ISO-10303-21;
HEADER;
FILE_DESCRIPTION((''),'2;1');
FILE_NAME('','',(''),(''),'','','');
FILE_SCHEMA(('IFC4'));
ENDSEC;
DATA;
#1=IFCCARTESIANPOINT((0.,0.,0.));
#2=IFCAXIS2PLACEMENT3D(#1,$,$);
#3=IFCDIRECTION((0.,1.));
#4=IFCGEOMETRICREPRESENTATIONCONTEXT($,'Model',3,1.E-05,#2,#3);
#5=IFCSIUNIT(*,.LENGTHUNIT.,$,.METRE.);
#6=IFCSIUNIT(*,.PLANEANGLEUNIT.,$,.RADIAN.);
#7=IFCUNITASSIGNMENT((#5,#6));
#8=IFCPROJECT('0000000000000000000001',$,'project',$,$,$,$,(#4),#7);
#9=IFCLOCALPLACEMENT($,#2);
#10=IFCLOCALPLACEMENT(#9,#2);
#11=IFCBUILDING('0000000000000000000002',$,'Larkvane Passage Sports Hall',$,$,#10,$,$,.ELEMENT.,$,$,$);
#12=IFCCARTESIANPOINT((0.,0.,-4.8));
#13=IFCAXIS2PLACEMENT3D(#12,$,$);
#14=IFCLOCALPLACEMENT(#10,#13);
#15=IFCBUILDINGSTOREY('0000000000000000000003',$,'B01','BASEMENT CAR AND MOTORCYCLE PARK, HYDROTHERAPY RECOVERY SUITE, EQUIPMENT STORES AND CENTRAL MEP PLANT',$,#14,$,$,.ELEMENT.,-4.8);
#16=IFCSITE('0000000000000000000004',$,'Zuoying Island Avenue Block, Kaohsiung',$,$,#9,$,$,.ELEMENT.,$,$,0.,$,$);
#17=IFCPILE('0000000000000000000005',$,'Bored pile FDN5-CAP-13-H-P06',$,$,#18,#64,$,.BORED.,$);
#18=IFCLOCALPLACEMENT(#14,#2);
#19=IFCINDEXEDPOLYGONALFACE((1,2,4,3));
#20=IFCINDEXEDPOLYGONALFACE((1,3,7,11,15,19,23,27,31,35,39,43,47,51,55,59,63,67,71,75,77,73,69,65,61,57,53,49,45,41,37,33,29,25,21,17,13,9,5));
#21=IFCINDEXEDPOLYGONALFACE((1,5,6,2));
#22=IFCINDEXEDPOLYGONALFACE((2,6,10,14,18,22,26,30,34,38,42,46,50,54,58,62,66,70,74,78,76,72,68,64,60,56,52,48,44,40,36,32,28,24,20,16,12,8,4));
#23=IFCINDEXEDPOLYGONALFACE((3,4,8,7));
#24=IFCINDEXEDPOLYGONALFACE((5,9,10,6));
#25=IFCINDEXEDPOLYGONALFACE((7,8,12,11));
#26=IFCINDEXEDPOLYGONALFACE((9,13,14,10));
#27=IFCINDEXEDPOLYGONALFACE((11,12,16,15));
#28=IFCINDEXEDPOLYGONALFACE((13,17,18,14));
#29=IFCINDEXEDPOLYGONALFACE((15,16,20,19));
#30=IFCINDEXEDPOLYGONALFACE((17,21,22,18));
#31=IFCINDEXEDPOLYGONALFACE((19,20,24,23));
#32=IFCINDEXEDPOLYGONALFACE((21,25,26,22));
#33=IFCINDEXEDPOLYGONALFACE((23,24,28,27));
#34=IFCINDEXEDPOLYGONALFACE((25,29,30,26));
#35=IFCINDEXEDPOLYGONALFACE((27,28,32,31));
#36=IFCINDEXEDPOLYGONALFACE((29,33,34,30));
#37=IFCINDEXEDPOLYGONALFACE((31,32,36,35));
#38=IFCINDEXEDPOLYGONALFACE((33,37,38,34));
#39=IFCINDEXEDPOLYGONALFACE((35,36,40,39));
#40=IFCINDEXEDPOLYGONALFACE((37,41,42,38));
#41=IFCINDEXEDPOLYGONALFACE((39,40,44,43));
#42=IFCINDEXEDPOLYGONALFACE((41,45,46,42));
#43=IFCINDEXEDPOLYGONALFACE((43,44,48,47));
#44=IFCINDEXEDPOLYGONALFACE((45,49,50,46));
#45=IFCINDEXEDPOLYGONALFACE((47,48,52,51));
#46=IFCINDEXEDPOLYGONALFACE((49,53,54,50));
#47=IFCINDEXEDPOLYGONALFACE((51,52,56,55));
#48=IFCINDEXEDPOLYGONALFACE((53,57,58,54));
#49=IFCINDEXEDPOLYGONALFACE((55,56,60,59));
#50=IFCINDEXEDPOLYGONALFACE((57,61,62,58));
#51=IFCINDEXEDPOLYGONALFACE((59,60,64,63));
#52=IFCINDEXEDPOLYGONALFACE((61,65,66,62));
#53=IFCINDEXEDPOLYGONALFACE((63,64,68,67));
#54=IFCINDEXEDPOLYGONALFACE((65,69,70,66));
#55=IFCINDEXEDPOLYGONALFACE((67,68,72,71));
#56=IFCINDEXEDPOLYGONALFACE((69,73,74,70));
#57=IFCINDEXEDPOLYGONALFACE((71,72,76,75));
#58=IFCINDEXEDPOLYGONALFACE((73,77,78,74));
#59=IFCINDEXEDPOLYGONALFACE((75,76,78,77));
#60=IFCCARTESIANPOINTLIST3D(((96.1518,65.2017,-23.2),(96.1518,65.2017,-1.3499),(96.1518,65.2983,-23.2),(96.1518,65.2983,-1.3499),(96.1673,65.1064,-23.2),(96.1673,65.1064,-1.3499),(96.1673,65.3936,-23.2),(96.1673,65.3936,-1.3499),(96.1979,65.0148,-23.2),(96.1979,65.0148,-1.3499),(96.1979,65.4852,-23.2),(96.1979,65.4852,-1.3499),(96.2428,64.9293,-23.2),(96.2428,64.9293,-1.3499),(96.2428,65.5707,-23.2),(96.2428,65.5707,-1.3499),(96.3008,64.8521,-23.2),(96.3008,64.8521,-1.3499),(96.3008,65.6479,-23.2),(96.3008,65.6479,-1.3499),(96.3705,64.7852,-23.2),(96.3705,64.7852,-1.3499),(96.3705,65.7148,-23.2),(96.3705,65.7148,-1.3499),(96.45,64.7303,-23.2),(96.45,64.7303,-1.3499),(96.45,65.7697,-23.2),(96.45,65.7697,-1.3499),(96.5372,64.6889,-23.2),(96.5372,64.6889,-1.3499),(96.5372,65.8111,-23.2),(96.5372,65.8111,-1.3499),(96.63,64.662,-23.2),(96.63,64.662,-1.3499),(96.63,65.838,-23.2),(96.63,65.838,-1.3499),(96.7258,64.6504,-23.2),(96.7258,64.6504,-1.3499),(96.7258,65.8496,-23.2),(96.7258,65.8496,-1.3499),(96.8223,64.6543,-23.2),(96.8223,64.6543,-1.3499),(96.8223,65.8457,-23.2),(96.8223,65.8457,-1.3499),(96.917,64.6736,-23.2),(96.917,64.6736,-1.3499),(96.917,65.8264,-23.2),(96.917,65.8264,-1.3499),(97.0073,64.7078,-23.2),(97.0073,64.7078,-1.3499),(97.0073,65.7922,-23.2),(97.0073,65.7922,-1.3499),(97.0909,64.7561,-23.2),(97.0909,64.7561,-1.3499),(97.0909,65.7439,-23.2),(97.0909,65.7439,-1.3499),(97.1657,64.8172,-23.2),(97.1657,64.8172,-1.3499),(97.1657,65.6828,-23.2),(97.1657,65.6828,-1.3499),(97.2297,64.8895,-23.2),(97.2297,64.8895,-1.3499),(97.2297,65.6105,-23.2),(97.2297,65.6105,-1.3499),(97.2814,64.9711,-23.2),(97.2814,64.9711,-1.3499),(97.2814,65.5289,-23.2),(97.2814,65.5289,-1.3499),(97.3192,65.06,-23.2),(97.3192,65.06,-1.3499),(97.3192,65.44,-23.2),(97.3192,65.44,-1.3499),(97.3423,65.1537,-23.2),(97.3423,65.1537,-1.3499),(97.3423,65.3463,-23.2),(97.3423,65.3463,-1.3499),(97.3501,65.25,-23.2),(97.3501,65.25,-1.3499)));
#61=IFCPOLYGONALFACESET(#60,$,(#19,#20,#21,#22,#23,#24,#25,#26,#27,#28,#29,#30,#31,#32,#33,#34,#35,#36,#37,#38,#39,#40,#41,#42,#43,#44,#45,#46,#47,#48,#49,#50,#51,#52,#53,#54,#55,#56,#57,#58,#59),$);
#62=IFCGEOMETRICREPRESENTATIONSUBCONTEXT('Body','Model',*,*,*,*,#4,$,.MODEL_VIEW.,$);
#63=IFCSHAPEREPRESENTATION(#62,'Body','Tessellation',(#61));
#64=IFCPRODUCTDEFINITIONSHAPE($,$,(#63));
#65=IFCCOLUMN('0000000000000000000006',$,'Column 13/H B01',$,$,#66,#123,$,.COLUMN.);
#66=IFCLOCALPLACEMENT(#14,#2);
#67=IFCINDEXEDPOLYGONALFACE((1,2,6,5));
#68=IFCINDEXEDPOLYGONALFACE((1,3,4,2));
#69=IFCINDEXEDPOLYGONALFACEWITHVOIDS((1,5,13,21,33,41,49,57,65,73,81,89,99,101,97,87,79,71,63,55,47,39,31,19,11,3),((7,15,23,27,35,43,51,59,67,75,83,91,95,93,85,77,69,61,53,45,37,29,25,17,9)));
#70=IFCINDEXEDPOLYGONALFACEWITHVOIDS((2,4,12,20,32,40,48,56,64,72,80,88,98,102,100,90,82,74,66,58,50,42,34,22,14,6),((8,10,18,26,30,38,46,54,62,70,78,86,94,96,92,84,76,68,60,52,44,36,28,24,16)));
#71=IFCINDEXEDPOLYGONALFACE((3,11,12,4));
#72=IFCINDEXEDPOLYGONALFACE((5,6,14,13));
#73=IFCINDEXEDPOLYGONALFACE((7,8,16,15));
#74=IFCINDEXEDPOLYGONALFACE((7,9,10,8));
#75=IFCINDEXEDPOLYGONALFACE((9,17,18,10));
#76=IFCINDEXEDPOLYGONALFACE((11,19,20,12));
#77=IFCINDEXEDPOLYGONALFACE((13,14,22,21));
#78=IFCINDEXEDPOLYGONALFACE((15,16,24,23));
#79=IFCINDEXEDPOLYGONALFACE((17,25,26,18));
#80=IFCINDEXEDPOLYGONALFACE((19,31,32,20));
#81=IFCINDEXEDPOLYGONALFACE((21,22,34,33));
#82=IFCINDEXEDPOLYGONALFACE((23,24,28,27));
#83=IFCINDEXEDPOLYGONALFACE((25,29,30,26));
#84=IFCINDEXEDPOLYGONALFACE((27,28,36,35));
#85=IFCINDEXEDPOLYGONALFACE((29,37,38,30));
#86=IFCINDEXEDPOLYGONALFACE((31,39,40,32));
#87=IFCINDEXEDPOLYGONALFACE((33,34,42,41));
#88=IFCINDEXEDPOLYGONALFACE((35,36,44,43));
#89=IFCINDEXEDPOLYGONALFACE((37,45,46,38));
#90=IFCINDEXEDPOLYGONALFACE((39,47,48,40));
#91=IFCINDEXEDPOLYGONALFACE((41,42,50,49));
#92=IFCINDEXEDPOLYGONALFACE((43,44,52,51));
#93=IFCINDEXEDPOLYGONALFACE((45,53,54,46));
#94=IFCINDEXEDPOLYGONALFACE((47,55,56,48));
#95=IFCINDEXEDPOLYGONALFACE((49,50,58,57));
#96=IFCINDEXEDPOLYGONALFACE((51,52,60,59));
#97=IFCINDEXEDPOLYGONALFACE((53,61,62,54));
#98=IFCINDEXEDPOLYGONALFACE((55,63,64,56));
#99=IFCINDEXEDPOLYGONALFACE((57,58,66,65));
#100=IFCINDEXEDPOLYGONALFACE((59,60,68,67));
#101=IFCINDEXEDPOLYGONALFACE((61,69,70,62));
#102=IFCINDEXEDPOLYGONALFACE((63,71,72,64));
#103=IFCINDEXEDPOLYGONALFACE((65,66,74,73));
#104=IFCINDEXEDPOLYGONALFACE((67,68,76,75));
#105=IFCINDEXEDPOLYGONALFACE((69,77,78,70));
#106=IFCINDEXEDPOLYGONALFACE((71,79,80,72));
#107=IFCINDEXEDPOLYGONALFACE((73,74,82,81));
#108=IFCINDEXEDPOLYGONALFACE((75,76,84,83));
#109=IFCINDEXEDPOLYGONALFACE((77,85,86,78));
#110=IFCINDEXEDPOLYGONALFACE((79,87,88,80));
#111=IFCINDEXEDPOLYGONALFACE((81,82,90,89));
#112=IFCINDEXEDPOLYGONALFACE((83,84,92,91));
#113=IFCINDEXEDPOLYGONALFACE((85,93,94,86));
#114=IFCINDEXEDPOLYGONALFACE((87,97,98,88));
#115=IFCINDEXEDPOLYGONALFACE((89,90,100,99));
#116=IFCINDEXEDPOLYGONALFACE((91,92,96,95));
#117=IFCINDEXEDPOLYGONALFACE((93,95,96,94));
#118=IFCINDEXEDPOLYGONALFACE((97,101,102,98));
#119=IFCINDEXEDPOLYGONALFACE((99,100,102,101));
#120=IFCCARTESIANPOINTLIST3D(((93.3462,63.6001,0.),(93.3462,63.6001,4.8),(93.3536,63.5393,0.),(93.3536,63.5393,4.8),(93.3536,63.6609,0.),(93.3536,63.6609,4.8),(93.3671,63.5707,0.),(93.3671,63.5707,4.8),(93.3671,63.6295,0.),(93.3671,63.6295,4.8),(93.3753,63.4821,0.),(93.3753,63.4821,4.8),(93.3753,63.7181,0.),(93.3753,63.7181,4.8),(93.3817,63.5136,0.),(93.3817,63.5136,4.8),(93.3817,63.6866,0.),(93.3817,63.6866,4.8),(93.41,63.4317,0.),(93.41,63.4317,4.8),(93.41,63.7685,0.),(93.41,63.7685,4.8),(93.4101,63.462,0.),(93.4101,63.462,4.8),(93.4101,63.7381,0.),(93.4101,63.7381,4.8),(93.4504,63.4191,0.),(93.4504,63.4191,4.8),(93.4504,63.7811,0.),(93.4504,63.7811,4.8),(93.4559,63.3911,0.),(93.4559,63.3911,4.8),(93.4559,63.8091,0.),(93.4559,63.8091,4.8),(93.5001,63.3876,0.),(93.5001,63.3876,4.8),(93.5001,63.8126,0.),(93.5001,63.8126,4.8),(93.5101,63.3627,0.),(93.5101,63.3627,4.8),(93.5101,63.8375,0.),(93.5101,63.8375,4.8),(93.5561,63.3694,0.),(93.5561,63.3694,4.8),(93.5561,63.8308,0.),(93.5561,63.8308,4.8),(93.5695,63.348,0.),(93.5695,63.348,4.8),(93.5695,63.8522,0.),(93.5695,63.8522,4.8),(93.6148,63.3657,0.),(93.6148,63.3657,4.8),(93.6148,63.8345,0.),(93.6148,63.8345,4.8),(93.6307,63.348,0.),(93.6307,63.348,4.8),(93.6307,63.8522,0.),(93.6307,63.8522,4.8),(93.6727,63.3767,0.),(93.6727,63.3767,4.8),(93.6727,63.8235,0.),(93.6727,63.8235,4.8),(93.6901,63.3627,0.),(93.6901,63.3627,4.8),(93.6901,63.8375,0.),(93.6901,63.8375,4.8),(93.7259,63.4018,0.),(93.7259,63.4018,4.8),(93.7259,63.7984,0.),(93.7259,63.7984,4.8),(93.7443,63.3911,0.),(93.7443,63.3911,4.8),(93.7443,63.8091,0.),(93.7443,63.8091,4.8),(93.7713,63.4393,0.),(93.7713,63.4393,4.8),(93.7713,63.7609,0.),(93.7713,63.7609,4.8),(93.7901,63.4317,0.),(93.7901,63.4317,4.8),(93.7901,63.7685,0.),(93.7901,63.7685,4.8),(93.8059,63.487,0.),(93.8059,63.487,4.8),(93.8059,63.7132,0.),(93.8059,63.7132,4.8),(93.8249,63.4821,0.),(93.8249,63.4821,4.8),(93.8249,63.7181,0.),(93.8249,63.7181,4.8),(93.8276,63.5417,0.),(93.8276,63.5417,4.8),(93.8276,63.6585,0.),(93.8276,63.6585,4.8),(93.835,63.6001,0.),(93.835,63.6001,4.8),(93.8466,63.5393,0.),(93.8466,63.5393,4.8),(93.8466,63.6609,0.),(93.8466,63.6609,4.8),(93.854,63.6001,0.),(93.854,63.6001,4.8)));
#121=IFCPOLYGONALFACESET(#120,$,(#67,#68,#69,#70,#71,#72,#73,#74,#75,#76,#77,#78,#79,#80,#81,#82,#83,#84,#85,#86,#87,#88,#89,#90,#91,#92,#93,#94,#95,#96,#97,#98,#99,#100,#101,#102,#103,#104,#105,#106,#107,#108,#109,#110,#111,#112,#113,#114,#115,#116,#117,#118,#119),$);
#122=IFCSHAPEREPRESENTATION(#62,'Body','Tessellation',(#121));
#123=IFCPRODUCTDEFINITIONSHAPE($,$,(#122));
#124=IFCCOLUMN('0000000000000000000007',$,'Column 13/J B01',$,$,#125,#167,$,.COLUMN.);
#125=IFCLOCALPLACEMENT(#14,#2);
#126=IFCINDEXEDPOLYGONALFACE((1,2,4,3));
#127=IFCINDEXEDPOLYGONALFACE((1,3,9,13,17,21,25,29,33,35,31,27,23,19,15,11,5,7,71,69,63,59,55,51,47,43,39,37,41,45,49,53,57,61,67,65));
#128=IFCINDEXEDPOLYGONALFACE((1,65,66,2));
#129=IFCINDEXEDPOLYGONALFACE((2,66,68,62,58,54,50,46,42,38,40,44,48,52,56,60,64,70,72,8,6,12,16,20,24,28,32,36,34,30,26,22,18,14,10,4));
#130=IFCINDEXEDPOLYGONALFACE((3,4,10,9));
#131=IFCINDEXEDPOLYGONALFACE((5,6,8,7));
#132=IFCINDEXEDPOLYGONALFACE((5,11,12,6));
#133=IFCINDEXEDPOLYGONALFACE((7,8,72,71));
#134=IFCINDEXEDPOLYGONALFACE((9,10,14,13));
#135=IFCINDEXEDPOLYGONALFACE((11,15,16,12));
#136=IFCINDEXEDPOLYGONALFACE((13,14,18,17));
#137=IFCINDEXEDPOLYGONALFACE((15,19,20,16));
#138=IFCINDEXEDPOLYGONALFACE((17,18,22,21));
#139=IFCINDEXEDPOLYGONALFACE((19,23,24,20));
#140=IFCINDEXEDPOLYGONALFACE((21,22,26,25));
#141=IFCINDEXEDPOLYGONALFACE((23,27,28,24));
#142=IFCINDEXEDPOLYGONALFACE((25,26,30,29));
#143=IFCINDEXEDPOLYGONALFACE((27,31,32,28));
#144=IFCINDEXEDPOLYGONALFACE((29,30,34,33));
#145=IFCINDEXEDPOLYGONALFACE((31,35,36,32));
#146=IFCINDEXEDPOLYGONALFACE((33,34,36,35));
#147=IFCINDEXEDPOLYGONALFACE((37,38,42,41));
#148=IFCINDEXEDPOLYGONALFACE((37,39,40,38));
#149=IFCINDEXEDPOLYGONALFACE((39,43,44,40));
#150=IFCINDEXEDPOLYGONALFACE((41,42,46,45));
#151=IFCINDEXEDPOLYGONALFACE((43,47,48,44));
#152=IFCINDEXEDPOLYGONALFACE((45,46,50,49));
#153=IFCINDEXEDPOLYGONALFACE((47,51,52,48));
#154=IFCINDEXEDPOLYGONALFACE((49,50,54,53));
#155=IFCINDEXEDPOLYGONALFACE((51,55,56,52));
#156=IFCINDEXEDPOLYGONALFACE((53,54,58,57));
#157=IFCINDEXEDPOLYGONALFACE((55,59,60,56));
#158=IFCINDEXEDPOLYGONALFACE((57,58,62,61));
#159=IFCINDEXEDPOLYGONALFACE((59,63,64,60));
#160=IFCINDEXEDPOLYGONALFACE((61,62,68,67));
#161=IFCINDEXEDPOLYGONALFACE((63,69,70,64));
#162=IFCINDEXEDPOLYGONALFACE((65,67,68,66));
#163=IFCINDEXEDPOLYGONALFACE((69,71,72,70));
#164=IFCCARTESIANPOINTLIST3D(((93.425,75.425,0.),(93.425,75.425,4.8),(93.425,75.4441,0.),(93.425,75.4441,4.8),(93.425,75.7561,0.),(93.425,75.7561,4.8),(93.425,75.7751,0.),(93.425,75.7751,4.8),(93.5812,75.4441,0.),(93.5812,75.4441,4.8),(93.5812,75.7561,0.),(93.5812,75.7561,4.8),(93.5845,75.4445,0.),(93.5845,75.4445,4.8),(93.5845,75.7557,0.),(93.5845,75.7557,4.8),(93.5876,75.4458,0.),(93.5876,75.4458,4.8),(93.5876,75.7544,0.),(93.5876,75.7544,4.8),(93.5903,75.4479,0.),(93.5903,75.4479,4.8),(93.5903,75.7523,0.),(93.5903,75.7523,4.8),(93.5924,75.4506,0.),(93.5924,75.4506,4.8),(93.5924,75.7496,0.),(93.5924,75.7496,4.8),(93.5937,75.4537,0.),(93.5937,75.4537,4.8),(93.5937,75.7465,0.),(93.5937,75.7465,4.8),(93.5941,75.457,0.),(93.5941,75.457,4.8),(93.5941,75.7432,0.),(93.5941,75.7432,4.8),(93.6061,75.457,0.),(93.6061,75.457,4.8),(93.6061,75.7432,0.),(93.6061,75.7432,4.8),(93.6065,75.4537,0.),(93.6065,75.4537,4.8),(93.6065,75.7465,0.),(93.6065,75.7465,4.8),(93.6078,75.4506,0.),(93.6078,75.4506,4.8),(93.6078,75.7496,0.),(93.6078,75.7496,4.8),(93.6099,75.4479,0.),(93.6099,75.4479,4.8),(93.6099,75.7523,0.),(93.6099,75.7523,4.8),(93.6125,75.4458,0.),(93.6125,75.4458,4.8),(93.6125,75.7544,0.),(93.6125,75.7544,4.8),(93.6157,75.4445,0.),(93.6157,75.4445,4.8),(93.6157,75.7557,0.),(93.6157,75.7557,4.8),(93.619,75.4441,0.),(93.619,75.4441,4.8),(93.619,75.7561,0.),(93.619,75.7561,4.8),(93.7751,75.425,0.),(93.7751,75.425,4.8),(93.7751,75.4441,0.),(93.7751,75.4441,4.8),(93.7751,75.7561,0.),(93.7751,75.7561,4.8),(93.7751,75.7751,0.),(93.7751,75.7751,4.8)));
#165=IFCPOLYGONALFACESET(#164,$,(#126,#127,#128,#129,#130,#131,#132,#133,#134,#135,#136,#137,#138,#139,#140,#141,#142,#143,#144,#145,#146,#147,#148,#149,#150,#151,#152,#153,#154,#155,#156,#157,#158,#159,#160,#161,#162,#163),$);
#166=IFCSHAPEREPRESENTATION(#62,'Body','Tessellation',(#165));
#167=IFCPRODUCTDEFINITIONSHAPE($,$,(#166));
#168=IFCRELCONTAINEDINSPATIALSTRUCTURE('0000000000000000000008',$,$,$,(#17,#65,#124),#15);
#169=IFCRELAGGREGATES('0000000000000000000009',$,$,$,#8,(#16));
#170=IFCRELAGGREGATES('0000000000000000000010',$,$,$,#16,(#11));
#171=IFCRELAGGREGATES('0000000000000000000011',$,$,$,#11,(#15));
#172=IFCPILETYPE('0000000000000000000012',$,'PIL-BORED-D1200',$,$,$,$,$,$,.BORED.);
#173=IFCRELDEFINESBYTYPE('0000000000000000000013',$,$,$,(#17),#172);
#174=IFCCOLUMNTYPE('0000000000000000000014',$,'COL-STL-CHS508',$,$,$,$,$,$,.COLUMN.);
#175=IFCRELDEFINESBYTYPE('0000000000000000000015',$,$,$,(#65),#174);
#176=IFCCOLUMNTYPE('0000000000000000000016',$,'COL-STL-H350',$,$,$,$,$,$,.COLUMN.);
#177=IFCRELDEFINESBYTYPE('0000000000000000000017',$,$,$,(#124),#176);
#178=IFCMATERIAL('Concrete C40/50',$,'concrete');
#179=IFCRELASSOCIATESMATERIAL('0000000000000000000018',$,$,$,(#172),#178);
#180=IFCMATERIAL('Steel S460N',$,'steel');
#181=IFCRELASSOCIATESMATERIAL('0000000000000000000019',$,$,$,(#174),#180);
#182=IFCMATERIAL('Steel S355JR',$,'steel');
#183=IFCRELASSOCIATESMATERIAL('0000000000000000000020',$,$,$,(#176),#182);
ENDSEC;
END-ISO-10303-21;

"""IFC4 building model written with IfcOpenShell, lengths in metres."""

from ifc_helpers import new_model, si_unit, direction, frame, origin, origin_2d, place, context, subcontext, project, spatial, circle, hollow_circle, i_section, extrude, material, material_profile, profile_set, type_object, element, save


model = new_model("IFC4")

# Units and contexts
model_context = context("Model", 3, precision=1e-05, world=origin(), true_north=direction((0.0, 1.0)))
body_context = subcontext(model_context, "Body", "Model", "MODEL_VIEW")
ifc_project = project(units=[si_unit("LENGTHUNIT", "METRE"), si_unit("PLANEANGLEUNIT", "RADIAN")], contexts=[model_context])

# Site, building, storey
site_placement = place(None, origin())
site = spatial("IfcSite", under=ifc_project, at=site_placement, Name="Zuoying Island Avenue Block, Kaohsiung", CompositionType="ELEMENT", RefElevation=0.0)
building_placement = place(site_placement, origin())
building = spatial("IfcBuilding", under=site, at=building_placement, Name="Larkvane Passage Sports Hall", CompositionType="ELEMENT")
storey_placement = place(building_placement, frame((0.0, 0.0, -4.8)))
storey = spatial("IfcBuildingStorey", under=building, at=storey_placement, Name="B01", Description="BASEMENT CAR AND MOTORCYCLE PARK, HYDROTHERAPY RECOVERY SUITE, EQUIPMENT STORES AND CENTRAL MEP PLANT", CompositionType="ELEMENT", Elevation=-4.8)

# Shared definitions
ifc_material_1 = material(Name="Concrete C40/50", Category="concrete")

# Pile
ifc_material_profile_1 = material_profile(ifc_material_1, circle(Radius=0.6001, at=origin_2d()), Name="PILE-D1200")
ifc_profile_set_1 = profile_set([ifc_material_profile_1], Name="Concrete C40/50")
pile_type_1 = type_object("IfcPileType", Name="PIL-BORED-D1200", PredefinedType="BORED", material=ifc_profile_set_1)
for number, where, z_axis, x_axis, name in (
    (1, (96.75, 65.25, -1.3499), (0.0, 0.0, -1.0), (1.0, 0.0, 0.0), "Bored pile FDN5-CAP-13-H-P06"),
):
    element("IfcPile", number, at=place(storey_placement, frame(where, z_axis=z_axis, x_axis=x_axis)), inside=storey, type_object=pile_type_1, Name=name, PredefinedType="BORED", context=body_context, shape_type="SweptSolid", body=[
        extrude(circle(Radius=0.6001, at=origin_2d()), origin(), (0.0, 0.0, 1.0), 21.8501),
    ])

# Columns
ifc_material_2 = material(Name="Steel S460N", Category="steel")
ifc_material_profile_2 = material_profile(ifc_material_2, hollow_circle(Radius=0.2539, WallThickness=0.019, at=origin_2d()), Name="CHS-508.0x19.0")
ifc_profile_set_2 = profile_set([ifc_material_profile_2], Name="Steel S460N")
column_type_1 = type_object("IfcColumnType", Name="COL-STL-CHS508", PredefinedType="COLUMN", material=ifc_profile_set_2)
column_1_placement = place(storey_placement, frame((93.6001, 63.6001, 0.0), z_axis=(0.0, 0.0, 1.0), x_axis=(1.0, 0.0, 0.0)))
element("IfcColumn", 2, at=column_1_placement, inside=storey, type_object=column_type_1, Name="Column 13/H B01", PredefinedType="COLUMN", context=body_context, shape_type="SweptSolid", body=[
    extrude(hollow_circle(Radius=0.2539, WallThickness=0.019, at=origin_2d()), origin(), (0.0, 0.0, 1.0), 4.8),
])
ifc_material_3 = material(Name="Steel S355JR", Category="steel")
ifc_material_profile_3 = material_profile(ifc_material_3, i_section(OverallWidth=0.3501, OverallDepth=0.3501, WebThickness=0.012, FlangeThickness=0.019, FilletRadius=0.0129, at=origin_2d()), Name="H-350x350x12x19")
ifc_profile_set_3 = profile_set([ifc_material_profile_3], Name="Steel S355JR")
column_type_2 = type_object("IfcColumnType", Name="COL-STL-H350", PredefinedType="COLUMN", material=ifc_profile_set_3)
column_2_placement = place(storey_placement, frame((93.6001, 75.6001, 0.0), z_axis=(0.0, 0.0, 1.0), x_axis=(1.0, 0.0, 0.0)))
element("IfcColumn", 3, at=column_2_placement, inside=storey, type_object=column_type_2, Name="Column 13/J B01", PredefinedType="COLUMN", context=body_context, shape_type="SweptSolid", body=[
    extrude(i_section(OverallWidth=0.3501, OverallDepth=0.3501, WebThickness=0.012, FlangeThickness=0.019, FilletRadius=0.0129, at=origin_2d()), origin(), (0.0, 0.0, 1.0), 4.8),
])

save(model, "model.ifc")
